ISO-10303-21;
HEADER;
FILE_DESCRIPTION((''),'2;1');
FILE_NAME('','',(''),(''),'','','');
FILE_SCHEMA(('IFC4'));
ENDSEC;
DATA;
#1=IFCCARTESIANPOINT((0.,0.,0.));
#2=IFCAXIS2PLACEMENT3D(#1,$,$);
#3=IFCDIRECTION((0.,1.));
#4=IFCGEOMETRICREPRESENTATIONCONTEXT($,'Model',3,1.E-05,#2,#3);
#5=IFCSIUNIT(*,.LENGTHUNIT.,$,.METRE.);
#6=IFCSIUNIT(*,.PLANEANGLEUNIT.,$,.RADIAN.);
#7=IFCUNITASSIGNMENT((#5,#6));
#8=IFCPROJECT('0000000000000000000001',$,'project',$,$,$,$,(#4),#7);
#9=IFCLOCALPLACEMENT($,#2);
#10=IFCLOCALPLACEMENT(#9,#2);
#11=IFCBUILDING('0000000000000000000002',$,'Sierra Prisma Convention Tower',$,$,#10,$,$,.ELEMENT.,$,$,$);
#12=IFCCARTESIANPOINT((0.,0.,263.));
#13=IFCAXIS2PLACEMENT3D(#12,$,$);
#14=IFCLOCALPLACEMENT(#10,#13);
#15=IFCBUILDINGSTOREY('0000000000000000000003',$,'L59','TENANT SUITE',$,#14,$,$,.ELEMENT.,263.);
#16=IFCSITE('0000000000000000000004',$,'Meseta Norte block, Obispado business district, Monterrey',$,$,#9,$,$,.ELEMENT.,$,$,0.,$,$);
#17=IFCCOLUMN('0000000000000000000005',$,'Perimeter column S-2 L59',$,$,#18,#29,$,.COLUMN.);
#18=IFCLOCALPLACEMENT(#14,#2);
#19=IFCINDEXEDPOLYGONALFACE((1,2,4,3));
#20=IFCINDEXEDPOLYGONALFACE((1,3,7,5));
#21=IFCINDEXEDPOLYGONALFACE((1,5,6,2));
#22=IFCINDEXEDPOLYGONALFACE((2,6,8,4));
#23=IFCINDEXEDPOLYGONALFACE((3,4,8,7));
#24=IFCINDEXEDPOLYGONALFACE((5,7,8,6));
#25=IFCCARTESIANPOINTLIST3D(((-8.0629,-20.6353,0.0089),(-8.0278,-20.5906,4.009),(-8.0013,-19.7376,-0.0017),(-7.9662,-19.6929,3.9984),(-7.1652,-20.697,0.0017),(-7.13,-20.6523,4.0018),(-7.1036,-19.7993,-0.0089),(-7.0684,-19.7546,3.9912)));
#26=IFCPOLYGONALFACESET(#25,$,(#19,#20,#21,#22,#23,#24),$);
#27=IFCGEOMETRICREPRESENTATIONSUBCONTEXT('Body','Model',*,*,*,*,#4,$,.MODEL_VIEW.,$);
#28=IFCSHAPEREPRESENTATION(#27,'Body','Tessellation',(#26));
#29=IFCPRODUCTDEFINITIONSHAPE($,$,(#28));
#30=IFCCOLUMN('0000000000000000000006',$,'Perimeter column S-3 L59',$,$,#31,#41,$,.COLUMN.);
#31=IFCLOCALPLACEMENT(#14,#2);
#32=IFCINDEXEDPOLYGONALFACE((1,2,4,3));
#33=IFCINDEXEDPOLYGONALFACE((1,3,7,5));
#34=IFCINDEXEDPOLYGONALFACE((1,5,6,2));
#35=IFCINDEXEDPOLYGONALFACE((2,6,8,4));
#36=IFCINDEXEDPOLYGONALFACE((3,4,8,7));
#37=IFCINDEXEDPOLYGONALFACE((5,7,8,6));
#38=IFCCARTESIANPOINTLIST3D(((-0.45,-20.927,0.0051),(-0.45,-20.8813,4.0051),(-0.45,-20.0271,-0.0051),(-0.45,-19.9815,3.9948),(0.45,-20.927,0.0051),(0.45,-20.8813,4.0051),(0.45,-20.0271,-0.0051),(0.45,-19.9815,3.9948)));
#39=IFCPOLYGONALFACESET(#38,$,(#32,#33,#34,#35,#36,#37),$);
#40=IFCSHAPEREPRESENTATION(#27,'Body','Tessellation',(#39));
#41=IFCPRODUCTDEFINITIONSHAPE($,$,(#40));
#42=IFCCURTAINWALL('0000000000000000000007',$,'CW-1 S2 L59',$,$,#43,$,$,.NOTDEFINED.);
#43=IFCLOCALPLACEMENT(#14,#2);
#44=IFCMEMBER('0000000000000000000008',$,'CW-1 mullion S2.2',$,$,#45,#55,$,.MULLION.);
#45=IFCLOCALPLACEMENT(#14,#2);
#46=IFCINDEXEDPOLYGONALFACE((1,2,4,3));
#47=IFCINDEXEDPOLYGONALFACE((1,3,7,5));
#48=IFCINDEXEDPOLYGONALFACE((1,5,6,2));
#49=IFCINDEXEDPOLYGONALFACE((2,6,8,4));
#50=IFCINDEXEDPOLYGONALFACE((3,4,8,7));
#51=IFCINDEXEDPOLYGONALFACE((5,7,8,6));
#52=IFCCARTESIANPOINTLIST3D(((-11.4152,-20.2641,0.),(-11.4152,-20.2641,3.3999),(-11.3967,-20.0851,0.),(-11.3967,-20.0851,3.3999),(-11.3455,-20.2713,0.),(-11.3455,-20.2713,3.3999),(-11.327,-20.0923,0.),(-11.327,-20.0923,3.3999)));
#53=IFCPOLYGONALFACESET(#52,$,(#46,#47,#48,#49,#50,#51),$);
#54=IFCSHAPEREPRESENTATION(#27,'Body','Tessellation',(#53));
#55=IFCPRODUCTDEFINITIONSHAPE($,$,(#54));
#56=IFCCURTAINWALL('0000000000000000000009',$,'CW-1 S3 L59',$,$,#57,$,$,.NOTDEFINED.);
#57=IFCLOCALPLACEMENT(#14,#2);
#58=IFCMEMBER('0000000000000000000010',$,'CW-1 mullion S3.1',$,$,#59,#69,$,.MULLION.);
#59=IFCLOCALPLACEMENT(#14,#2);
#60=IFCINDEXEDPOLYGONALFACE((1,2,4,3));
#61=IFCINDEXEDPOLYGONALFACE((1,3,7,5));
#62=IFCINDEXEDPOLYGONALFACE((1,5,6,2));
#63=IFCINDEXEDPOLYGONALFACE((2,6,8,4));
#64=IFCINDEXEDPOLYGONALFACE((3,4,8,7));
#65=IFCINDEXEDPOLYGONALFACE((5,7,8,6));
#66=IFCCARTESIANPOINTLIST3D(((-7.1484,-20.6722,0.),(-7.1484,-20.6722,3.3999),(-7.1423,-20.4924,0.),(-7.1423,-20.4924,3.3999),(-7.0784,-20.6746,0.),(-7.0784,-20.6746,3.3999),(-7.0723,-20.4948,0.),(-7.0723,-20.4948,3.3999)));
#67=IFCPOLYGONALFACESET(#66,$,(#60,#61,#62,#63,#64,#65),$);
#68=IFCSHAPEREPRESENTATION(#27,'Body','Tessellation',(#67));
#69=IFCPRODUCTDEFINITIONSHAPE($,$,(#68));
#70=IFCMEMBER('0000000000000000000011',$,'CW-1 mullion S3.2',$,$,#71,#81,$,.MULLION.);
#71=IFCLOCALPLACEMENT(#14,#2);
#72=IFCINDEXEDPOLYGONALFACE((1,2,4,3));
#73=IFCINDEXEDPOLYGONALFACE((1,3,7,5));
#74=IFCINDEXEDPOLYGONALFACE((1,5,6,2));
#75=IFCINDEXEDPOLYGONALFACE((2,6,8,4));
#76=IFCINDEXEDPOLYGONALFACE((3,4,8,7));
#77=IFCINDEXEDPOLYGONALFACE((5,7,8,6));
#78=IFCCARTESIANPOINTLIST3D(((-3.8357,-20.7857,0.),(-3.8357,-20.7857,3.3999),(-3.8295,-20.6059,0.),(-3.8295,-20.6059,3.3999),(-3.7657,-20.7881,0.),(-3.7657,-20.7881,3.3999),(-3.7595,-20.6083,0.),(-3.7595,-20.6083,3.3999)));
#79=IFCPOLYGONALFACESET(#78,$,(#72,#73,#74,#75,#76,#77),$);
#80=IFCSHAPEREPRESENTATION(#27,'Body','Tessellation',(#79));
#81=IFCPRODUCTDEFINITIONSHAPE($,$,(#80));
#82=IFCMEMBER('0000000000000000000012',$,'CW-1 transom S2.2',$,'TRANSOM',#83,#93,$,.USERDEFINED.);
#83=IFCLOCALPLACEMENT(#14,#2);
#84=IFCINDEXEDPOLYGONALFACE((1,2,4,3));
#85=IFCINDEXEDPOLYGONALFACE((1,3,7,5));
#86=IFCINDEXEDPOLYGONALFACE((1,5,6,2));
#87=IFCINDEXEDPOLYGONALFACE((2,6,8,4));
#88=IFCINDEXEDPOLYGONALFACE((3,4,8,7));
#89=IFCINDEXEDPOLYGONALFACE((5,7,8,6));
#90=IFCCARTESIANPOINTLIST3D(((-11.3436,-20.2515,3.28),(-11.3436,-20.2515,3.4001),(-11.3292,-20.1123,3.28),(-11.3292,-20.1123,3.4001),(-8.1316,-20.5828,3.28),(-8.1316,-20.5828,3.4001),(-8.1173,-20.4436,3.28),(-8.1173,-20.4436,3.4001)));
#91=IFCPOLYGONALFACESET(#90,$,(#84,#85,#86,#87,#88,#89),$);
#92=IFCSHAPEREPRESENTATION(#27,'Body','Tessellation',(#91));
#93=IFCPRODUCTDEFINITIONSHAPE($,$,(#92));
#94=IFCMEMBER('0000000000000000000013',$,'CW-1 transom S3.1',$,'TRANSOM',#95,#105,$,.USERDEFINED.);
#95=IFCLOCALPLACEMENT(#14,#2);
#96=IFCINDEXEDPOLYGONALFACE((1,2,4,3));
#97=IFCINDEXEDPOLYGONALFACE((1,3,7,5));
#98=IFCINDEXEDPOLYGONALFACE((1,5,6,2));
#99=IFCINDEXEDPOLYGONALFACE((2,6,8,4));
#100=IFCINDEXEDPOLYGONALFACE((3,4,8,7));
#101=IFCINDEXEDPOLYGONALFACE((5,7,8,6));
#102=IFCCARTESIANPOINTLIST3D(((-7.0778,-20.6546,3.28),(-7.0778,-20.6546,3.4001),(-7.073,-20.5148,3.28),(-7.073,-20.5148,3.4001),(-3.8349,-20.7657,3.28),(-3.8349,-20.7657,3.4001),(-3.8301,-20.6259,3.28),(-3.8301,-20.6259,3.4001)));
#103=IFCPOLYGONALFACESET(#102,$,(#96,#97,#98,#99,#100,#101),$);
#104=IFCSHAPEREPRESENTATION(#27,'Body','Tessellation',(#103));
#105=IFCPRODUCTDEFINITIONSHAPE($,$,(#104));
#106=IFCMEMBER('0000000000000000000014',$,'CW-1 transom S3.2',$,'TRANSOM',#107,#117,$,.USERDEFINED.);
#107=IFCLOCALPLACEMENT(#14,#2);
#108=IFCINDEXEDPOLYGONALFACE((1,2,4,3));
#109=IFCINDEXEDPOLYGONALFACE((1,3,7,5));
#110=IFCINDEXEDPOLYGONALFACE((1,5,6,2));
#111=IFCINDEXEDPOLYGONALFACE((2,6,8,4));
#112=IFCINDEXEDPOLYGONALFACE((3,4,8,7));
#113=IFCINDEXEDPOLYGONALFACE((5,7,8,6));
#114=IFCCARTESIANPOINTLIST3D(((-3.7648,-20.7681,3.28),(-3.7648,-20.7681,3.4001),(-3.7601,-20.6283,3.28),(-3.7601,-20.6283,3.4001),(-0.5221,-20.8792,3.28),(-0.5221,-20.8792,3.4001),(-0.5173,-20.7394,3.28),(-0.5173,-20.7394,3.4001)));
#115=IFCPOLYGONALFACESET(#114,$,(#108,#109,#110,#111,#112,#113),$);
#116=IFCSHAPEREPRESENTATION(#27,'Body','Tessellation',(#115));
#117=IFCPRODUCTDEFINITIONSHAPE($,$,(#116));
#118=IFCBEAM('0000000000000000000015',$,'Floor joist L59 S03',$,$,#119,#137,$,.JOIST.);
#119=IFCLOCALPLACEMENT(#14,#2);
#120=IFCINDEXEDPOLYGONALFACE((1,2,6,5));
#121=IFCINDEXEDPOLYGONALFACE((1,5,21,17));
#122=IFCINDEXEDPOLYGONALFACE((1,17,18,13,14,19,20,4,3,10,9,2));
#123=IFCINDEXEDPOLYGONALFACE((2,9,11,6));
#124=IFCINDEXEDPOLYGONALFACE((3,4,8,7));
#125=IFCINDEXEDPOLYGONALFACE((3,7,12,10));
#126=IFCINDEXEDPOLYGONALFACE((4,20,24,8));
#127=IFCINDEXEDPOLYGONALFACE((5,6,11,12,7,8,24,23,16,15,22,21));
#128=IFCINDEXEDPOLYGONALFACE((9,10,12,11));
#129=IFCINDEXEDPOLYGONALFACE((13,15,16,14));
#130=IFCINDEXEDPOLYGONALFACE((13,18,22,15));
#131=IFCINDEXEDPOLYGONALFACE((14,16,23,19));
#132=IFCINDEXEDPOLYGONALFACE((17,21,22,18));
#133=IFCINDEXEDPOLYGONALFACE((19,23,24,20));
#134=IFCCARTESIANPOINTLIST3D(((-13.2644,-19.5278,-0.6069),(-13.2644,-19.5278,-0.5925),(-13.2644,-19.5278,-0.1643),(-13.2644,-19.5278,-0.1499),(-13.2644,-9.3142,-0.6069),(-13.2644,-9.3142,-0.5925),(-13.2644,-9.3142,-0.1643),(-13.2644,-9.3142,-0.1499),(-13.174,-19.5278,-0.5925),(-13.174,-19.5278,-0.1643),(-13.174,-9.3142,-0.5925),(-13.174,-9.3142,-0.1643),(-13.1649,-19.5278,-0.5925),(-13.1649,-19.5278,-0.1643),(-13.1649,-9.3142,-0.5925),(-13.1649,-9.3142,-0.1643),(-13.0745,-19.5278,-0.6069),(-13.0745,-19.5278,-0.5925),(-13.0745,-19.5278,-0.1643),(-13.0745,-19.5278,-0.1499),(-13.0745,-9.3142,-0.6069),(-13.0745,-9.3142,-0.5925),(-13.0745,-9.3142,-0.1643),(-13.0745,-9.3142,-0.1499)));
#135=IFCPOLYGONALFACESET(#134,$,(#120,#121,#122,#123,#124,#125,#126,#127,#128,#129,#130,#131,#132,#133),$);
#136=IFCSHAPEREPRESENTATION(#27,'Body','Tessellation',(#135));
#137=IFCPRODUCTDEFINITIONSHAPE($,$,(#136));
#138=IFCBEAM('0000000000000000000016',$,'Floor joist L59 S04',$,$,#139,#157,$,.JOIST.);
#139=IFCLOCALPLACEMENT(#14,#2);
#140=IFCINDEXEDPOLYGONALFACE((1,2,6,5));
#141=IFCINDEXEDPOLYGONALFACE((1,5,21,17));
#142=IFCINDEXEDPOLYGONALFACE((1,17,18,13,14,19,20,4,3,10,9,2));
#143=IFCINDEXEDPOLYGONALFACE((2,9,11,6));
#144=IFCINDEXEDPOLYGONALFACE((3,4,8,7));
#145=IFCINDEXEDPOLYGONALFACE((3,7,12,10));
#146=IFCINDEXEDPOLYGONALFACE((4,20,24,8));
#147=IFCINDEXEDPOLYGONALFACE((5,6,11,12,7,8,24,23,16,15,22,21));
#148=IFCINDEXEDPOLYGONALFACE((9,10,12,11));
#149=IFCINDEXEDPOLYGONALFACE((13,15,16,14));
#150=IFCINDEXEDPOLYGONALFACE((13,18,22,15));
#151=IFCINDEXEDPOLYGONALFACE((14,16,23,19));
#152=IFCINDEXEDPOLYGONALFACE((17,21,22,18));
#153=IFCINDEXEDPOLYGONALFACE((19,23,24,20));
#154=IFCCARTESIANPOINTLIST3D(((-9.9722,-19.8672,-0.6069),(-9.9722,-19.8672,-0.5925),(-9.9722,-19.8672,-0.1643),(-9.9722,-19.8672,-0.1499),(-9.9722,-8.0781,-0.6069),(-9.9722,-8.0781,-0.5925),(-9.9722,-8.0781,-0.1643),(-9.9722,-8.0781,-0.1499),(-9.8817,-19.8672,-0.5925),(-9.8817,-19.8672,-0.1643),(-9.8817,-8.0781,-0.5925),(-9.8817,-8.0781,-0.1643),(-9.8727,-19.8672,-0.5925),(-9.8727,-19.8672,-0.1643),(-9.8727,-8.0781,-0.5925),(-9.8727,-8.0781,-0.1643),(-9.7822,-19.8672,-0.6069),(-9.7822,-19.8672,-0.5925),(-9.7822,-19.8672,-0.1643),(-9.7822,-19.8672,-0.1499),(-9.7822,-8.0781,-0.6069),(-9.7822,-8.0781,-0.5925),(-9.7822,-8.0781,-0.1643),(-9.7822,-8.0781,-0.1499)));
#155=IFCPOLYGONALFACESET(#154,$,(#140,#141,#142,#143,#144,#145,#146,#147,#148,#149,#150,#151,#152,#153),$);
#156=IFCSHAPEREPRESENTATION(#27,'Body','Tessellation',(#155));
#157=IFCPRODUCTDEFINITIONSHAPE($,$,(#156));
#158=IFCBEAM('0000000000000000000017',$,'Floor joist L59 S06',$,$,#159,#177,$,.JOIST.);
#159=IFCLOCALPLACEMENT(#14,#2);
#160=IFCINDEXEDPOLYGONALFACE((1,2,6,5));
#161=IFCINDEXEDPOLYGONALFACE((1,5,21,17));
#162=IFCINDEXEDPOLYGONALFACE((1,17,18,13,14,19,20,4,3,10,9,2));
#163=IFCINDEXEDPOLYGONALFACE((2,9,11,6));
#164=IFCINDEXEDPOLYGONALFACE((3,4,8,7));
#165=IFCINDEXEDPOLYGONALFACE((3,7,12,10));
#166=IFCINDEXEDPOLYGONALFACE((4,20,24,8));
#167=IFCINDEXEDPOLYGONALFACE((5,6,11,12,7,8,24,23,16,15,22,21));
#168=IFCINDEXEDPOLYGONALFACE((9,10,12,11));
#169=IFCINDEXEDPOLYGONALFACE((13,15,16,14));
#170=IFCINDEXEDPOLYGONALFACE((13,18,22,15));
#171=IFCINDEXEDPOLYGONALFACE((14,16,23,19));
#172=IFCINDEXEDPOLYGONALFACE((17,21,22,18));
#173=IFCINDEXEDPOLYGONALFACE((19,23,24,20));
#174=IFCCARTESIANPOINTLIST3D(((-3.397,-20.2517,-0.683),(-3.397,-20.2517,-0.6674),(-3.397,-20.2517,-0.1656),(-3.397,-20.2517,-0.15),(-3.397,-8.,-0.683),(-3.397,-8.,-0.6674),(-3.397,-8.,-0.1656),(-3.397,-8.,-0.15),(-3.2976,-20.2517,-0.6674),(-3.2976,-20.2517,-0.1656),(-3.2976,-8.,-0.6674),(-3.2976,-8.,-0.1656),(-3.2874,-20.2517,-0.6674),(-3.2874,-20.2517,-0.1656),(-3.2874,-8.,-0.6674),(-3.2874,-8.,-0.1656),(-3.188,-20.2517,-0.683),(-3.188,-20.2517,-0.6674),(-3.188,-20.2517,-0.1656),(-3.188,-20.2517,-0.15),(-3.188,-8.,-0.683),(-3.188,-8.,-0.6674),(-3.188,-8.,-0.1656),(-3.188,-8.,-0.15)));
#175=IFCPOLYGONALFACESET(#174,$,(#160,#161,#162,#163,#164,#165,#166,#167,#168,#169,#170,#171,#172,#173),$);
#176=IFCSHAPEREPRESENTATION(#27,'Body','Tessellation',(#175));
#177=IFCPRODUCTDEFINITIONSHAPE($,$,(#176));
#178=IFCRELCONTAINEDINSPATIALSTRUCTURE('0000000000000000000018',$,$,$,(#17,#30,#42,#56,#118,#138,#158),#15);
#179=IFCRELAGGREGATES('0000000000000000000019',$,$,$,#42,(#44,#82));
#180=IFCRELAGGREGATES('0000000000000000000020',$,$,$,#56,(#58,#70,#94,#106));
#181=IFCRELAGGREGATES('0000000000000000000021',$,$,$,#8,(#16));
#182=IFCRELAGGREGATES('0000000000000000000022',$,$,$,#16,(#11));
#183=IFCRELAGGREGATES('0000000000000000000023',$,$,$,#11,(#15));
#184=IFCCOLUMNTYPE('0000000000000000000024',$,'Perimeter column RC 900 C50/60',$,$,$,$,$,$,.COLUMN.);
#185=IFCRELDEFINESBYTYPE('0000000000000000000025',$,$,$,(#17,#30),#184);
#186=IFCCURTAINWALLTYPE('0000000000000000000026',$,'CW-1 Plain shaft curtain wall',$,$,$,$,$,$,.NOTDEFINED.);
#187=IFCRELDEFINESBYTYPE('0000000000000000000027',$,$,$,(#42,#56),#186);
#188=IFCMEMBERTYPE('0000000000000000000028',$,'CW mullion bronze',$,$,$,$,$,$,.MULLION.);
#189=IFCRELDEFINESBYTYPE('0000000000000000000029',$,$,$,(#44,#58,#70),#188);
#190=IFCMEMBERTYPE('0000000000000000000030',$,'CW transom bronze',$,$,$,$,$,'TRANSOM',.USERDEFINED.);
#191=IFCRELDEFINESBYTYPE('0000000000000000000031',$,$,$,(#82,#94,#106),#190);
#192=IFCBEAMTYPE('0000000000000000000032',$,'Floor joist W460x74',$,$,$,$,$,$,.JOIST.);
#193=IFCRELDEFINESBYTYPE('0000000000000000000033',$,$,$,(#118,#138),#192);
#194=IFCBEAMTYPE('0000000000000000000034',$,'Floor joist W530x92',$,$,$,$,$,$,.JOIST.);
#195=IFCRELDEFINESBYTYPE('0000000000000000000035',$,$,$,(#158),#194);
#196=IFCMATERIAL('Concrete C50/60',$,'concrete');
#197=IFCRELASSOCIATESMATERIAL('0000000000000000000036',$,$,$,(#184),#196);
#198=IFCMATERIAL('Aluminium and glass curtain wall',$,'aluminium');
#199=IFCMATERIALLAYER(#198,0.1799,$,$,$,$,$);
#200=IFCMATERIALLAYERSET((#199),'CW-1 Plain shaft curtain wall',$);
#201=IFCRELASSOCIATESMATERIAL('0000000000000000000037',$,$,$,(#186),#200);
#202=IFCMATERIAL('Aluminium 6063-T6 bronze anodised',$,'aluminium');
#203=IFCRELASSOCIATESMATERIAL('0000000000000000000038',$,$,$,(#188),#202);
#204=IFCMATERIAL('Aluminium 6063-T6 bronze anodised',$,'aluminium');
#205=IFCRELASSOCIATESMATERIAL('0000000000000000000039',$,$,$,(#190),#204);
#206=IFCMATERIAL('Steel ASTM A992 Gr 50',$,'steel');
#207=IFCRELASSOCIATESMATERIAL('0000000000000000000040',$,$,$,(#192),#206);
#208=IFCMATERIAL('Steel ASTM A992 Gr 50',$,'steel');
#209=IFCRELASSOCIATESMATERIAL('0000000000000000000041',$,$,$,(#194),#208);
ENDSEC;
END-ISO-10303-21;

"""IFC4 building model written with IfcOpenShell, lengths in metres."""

from ifc_helpers import new_model, si_unit, direction, frame, origin, origin_2d, place, context, subcontext, project, spatial, rectangle, i_section, extrude, material, layer, layer_set, material_profile, profile_set, type_object, element, aggregate, save


model = new_model("IFC4")

# Units and contexts
model_context = context("Model", 3, precision=1e-05, world=origin(), true_north=direction((0.0, 1.0)))
body_context = subcontext(model_context, "Body", "Model", "MODEL_VIEW")
ifc_project = project(units=[si_unit("LENGTHUNIT", "METRE"), si_unit("PLANEANGLEUNIT", "RADIAN")], contexts=[model_context])

# Site, building, storey
site_placement = place(None, origin())
site = spatial("IfcSite", under=ifc_project, at=site_placement, Name="Meseta Norte block, Obispado business district, Monterrey", CompositionType="ELEMENT", RefElevation=0.0)
building_placement = place(site_placement, origin())
building = spatial("IfcBuilding", under=site, at=building_placement, Name="Sierra Prisma Convention Tower", CompositionType="ELEMENT")
storey_placement = place(building_placement, frame((0.0, 0.0, 263.0)))
storey = spatial("IfcBuildingStorey", under=building, at=storey_placement, Name="L59", Description="TENANT SUITE", CompositionType="ELEMENT", Elevation=263.0)

# Columns
ifc_material_1 = material(Name="Concrete C50/60", Category="concrete")
ifc_material_profile_1 = material_profile(ifc_material_1, rectangle(XDim=0.8999, YDim=0.8999, at=origin_2d()), Name="Perimeter column RC 900 C50/60")
ifc_profile_set_1 = profile_set([ifc_material_profile_1], Name="Concrete C50/60")
column_type = type_object("IfcColumnType", Name="Perimeter column RC 900 C50/60", PredefinedType="COLUMN", material=ifc_profile_set_1)
column_1_placement = place(storey_placement, frame((-7.5833, -20.2173, 0.0), z_axis=(0.008788, 0.011168, 0.999899), x_axis=(-0.997615, 0.068558, 0.008002)))
element("IfcColumn", 1, at=column_1_placement, inside=storey, type_object=column_type, Name="Perimeter column S-2 L59", PredefinedType="COLUMN", context=body_context, shape_type="SweptSolid", body=[
    extrude(rectangle(XDim=0.8999, YDim=0.8999, at=origin_2d()), origin(), (0.0, 0.0, 1.0), 4.0005),
])
column_2_placement = place(storey_placement, frame((0.0, -20.4771, 0.0), z_axis=(0.0, 0.011413, 0.999935), x_axis=(1.0, 0.0, 0.0)))
element("IfcColumn", 2, at=column_2_placement, inside=storey, type_object=column_type, Name="Perimeter column S-3 L59", PredefinedType="COLUMN", context=body_context, shape_type="SweptSolid", body=[
    extrude(rectangle(XDim=0.8999, YDim=0.8999, at=origin_2d()), origin(), (0.0, 0.0, 1.0), 4.0002),
])

# Curtain wall, member
ifc_material_2 = material(Name="Aluminium and glass curtain wall", Category="aluminium")
ifc_layer_1 = layer(ifc_material_2, 0.1799)
ifc_layer_set_1 = layer_set([ifc_layer_1], Name="CW-1 Plain shaft curtain wall")
curtain_wall_type = type_object("IfcCurtainWallType", Name="CW-1 Plain shaft curtain wall", PredefinedType="NOTDEFINED", material=ifc_layer_set_1)
curtain_wall_1_placement = place(storey_placement, origin())
curtain_wall_1 = element("IfcCurtainWall", 3, at=curtain_wall_1_placement, inside=storey, type_object=curtain_wall_type, Name="CW-1 S2 L59", PredefinedType="NOTDEFINED")
ifc_material_3 = material(Name="Aluminium 6063-T6 bronze anodised", Category="aluminium")
ifc_material_profile_2 = material_profile(ifc_material_3, rectangle(XDim=0.1799, YDim=0.0701, at=origin_2d()), Name="ALU MULLION 70x180")
ifc_profile_set_2 = profile_set([ifc_material_profile_2], Name="Aluminium 6063-T6 bronze anodised")
member_type_1 = type_object("IfcMemberType", Name="CW mullion bronze", PredefinedType="MULLION", material=ifc_profile_set_2)
member_1_placement = place(storey_placement, frame((-11.3711, -20.1782, 0.0), z_axis=(0.0, 0.0, 1.0), x_axis=(0.102598, 0.994723, 0.0)))
member_1 = element("IfcMember", 4, at=member_1_placement, type_object=member_type_1, Name="CW-1 mullion S2.2", PredefinedType="MULLION", context=body_context, shape_type="SweptSolid", body=[
    extrude(rectangle(XDim=0.1799, YDim=0.0701, at=origin_2d()), origin(), (0.0, 0.0, 1.0), 3.3999),
])

# Curtain wall, members
curtain_wall_2_placement = place(storey_placement, origin())
curtain_wall_2 = element("IfcCurtainWall", 5, at=curtain_wall_2_placement, inside=storey, type_object=curtain_wall_type, Name="CW-1 S3 L59", PredefinedType="NOTDEFINED")
member_2_placement = place(storey_placement, frame((-7.1104, -20.5835, 0.0), z_axis=(0.0, 0.0, 1.0), x_axis=(0.034253, 0.999413, 0.0)))
member_2 = element("IfcMember", 6, at=member_2_placement, type_object=member_type_1, Name="CW-1 mullion S3.1", PredefinedType="MULLION", context=body_context, shape_type="SweptSolid", body=[
    extrude(rectangle(XDim=0.1799, YDim=0.0701, at=origin_2d()), origin(), (0.0, 0.0, 1.0), 3.3999),
])
member_3_placement = place(storey_placement, frame((-3.7976, -20.697, 0.0), z_axis=(0.0, 0.0, 1.0), x_axis=(0.034253, 0.999413, 0.0)))
member_3 = element("IfcMember", 7, at=member_3_placement, type_object=member_type_1, Name="CW-1 mullion S3.2", PredefinedType="MULLION", context=body_context, shape_type="SweptSolid", body=[
    extrude(rectangle(XDim=0.1799, YDim=0.0701, at=origin_2d()), origin(), (0.0, 0.0, 1.0), 3.3999),
])

# Members
ifc_material_4 = material(Name="Aluminium 6063-T6 bronze anodised", Category="aluminium")
ifc_material_profile_3 = material_profile(ifc_material_4, rectangle(XDim=0.1399, YDim=0.1201, at=origin_2d()), Name="ALU TRANSOM 120x140")
ifc_profile_set_3 = profile_set([ifc_material_profile_3], Name="Aluminium 6063-T6 bronze anodised")
member_type_2 = type_object("IfcMemberType", Name="CW transom bronze", ElementType="TRANSOM", PredefinedType="USERDEFINED", material=ifc_profile_set_3)
member_4_placement = place(storey_placement, frame((-11.3364, -20.1819, 3.3401), z_axis=(0.994722, -0.102602, 0.0), x_axis=(0.102602, 0.994722, 0.0)))
member_4 = element("IfcMember", 8, at=member_4_placement, type_object=member_type_2, Name="CW-1 transom S2.2", ObjectType="TRANSOM", PredefinedType="USERDEFINED", context=body_context, shape_type="SweptSolid", body=[
    extrude(rectangle(XDim=0.1399, YDim=0.1201, at=origin_2d()), origin(), (0.0, 0.0, 1.0), 3.229),
])
member_5_placement = place(storey_placement, frame((-7.0754, -20.5847, 3.3401), z_axis=(0.999414, -0.034234, 0.0), x_axis=(0.034234, 0.999414, 0.0)))
member_5 = element("IfcMember", 9, at=member_5_placement, type_object=member_type_2, Name="CW-1 transom S3.1", ObjectType="TRANSOM", PredefinedType="USERDEFINED", context=body_context, shape_type="SweptSolid", body=[
    extrude(rectangle(XDim=0.1399, YDim=0.1201, at=origin_2d()), origin(), (0.0, 0.0, 1.0), 3.2449),
])
member_6_placement = place(storey_placement, frame((-3.7625, -20.6982, 3.3401), z_axis=(0.999414, -0.034237, 0.0), x_axis=(0.034237, 0.999414, 0.0)))
member_6 = element("IfcMember", 10, at=member_6_placement, type_object=member_type_2, Name="CW-1 transom S3.2", ObjectType="TRANSOM", PredefinedType="USERDEFINED", context=body_context, shape_type="SweptSolid", body=[
    extrude(rectangle(XDim=0.1399, YDim=0.1201, at=origin_2d()), origin(), (0.0, 0.0, 1.0), 3.2446),
])

# Beams
ifc_material_5 = material(Name="Steel ASTM A992 Gr 50", Category="steel")
ifc_material_profile_4 = material_profile(ifc_material_5, i_section(OverallWidth=0.1899, OverallDepth=0.457, WebThickness=0.009, FlangeThickness=0.0144, at=origin_2d()), Name="W460x74")
ifc_profile_set_4 = profile_set([ifc_material_profile_4], Name="Steel ASTM A992 Gr 50")
beam_type_1 = type_object("IfcBeamType", Name="Floor joist W460x74", PredefinedType="JOIST", material=ifc_profile_set_4)
beam_1_placement = place(storey_placement, frame((-13.1694, -19.5278, -0.3784), z_axis=(0.0, 1.0, 0.0), x_axis=(-1.0, 0.0, 0.0)))
element("IfcBeam", 11, at=beam_1_placement, inside=storey, type_object=beam_type_1, Name="Floor joist L59 S03", PredefinedType="JOIST", context=body_context, shape_type="SweptSolid", body=[
    extrude(i_section(OverallWidth=0.1899, OverallDepth=0.457, WebThickness=0.009, FlangeThickness=0.0144, at=origin_2d()), origin(), (0.0, 0.0, 1.0), 10.2136),
])
beam_2_placement = place(storey_placement, frame((-9.8772, -19.8672, -0.3784), z_axis=(0.0, 1.0, 0.0), x_axis=(-1.0, 0.0, 0.0)))
element("IfcBeam", 12, at=beam_2_placement, inside=storey, type_object=beam_type_1, Name="Floor joist L59 S04", PredefinedType="JOIST", context=body_context, shape_type="SweptSolid", body=[
    extrude(i_section(OverallWidth=0.1899, OverallDepth=0.457, WebThickness=0.009, FlangeThickness=0.0144, at=origin_2d()), origin(), (0.0, 0.0, 1.0), 11.7891),
])
ifc_material_6 = material(Name="Steel ASTM A992 Gr 50", Category="steel")
ifc_material_profile_5 = material_profile(ifc_material_6, i_section(OverallWidth=0.209, OverallDepth=0.533, WebThickness=0.0103, FlangeThickness=0.0156, at=origin_2d()), Name="W530x92")
ifc_profile_set_5 = profile_set([ifc_material_profile_5], Name="Steel ASTM A992 Gr 50")
beam_type_2 = type_object("IfcBeamType", Name="Floor joist W530x92", PredefinedType="JOIST", material=ifc_profile_set_5)
beam_3_placement = place(storey_placement, frame((-3.2925, -20.2517, -0.4165), z_axis=(0.0, 1.0, 0.0), x_axis=(-1.0, 0.0, 0.0)))
element("IfcBeam", 13, at=beam_3_placement, inside=storey, type_object=beam_type_2, Name="Floor joist L59 S06", PredefinedType="JOIST", context=body_context, shape_type="SweptSolid", body=[
    extrude(i_section(OverallWidth=0.209, OverallDepth=0.533, WebThickness=0.0103, FlangeThickness=0.0156, at=origin_2d()), origin(), (0.0, 0.0, 1.0), 12.2517),
])

aggregate(curtain_wall_1, [member_1, member_4])
aggregate(curtain_wall_2, [member_2, member_3, member_5, member_6])

save(model, "model.ifc")
